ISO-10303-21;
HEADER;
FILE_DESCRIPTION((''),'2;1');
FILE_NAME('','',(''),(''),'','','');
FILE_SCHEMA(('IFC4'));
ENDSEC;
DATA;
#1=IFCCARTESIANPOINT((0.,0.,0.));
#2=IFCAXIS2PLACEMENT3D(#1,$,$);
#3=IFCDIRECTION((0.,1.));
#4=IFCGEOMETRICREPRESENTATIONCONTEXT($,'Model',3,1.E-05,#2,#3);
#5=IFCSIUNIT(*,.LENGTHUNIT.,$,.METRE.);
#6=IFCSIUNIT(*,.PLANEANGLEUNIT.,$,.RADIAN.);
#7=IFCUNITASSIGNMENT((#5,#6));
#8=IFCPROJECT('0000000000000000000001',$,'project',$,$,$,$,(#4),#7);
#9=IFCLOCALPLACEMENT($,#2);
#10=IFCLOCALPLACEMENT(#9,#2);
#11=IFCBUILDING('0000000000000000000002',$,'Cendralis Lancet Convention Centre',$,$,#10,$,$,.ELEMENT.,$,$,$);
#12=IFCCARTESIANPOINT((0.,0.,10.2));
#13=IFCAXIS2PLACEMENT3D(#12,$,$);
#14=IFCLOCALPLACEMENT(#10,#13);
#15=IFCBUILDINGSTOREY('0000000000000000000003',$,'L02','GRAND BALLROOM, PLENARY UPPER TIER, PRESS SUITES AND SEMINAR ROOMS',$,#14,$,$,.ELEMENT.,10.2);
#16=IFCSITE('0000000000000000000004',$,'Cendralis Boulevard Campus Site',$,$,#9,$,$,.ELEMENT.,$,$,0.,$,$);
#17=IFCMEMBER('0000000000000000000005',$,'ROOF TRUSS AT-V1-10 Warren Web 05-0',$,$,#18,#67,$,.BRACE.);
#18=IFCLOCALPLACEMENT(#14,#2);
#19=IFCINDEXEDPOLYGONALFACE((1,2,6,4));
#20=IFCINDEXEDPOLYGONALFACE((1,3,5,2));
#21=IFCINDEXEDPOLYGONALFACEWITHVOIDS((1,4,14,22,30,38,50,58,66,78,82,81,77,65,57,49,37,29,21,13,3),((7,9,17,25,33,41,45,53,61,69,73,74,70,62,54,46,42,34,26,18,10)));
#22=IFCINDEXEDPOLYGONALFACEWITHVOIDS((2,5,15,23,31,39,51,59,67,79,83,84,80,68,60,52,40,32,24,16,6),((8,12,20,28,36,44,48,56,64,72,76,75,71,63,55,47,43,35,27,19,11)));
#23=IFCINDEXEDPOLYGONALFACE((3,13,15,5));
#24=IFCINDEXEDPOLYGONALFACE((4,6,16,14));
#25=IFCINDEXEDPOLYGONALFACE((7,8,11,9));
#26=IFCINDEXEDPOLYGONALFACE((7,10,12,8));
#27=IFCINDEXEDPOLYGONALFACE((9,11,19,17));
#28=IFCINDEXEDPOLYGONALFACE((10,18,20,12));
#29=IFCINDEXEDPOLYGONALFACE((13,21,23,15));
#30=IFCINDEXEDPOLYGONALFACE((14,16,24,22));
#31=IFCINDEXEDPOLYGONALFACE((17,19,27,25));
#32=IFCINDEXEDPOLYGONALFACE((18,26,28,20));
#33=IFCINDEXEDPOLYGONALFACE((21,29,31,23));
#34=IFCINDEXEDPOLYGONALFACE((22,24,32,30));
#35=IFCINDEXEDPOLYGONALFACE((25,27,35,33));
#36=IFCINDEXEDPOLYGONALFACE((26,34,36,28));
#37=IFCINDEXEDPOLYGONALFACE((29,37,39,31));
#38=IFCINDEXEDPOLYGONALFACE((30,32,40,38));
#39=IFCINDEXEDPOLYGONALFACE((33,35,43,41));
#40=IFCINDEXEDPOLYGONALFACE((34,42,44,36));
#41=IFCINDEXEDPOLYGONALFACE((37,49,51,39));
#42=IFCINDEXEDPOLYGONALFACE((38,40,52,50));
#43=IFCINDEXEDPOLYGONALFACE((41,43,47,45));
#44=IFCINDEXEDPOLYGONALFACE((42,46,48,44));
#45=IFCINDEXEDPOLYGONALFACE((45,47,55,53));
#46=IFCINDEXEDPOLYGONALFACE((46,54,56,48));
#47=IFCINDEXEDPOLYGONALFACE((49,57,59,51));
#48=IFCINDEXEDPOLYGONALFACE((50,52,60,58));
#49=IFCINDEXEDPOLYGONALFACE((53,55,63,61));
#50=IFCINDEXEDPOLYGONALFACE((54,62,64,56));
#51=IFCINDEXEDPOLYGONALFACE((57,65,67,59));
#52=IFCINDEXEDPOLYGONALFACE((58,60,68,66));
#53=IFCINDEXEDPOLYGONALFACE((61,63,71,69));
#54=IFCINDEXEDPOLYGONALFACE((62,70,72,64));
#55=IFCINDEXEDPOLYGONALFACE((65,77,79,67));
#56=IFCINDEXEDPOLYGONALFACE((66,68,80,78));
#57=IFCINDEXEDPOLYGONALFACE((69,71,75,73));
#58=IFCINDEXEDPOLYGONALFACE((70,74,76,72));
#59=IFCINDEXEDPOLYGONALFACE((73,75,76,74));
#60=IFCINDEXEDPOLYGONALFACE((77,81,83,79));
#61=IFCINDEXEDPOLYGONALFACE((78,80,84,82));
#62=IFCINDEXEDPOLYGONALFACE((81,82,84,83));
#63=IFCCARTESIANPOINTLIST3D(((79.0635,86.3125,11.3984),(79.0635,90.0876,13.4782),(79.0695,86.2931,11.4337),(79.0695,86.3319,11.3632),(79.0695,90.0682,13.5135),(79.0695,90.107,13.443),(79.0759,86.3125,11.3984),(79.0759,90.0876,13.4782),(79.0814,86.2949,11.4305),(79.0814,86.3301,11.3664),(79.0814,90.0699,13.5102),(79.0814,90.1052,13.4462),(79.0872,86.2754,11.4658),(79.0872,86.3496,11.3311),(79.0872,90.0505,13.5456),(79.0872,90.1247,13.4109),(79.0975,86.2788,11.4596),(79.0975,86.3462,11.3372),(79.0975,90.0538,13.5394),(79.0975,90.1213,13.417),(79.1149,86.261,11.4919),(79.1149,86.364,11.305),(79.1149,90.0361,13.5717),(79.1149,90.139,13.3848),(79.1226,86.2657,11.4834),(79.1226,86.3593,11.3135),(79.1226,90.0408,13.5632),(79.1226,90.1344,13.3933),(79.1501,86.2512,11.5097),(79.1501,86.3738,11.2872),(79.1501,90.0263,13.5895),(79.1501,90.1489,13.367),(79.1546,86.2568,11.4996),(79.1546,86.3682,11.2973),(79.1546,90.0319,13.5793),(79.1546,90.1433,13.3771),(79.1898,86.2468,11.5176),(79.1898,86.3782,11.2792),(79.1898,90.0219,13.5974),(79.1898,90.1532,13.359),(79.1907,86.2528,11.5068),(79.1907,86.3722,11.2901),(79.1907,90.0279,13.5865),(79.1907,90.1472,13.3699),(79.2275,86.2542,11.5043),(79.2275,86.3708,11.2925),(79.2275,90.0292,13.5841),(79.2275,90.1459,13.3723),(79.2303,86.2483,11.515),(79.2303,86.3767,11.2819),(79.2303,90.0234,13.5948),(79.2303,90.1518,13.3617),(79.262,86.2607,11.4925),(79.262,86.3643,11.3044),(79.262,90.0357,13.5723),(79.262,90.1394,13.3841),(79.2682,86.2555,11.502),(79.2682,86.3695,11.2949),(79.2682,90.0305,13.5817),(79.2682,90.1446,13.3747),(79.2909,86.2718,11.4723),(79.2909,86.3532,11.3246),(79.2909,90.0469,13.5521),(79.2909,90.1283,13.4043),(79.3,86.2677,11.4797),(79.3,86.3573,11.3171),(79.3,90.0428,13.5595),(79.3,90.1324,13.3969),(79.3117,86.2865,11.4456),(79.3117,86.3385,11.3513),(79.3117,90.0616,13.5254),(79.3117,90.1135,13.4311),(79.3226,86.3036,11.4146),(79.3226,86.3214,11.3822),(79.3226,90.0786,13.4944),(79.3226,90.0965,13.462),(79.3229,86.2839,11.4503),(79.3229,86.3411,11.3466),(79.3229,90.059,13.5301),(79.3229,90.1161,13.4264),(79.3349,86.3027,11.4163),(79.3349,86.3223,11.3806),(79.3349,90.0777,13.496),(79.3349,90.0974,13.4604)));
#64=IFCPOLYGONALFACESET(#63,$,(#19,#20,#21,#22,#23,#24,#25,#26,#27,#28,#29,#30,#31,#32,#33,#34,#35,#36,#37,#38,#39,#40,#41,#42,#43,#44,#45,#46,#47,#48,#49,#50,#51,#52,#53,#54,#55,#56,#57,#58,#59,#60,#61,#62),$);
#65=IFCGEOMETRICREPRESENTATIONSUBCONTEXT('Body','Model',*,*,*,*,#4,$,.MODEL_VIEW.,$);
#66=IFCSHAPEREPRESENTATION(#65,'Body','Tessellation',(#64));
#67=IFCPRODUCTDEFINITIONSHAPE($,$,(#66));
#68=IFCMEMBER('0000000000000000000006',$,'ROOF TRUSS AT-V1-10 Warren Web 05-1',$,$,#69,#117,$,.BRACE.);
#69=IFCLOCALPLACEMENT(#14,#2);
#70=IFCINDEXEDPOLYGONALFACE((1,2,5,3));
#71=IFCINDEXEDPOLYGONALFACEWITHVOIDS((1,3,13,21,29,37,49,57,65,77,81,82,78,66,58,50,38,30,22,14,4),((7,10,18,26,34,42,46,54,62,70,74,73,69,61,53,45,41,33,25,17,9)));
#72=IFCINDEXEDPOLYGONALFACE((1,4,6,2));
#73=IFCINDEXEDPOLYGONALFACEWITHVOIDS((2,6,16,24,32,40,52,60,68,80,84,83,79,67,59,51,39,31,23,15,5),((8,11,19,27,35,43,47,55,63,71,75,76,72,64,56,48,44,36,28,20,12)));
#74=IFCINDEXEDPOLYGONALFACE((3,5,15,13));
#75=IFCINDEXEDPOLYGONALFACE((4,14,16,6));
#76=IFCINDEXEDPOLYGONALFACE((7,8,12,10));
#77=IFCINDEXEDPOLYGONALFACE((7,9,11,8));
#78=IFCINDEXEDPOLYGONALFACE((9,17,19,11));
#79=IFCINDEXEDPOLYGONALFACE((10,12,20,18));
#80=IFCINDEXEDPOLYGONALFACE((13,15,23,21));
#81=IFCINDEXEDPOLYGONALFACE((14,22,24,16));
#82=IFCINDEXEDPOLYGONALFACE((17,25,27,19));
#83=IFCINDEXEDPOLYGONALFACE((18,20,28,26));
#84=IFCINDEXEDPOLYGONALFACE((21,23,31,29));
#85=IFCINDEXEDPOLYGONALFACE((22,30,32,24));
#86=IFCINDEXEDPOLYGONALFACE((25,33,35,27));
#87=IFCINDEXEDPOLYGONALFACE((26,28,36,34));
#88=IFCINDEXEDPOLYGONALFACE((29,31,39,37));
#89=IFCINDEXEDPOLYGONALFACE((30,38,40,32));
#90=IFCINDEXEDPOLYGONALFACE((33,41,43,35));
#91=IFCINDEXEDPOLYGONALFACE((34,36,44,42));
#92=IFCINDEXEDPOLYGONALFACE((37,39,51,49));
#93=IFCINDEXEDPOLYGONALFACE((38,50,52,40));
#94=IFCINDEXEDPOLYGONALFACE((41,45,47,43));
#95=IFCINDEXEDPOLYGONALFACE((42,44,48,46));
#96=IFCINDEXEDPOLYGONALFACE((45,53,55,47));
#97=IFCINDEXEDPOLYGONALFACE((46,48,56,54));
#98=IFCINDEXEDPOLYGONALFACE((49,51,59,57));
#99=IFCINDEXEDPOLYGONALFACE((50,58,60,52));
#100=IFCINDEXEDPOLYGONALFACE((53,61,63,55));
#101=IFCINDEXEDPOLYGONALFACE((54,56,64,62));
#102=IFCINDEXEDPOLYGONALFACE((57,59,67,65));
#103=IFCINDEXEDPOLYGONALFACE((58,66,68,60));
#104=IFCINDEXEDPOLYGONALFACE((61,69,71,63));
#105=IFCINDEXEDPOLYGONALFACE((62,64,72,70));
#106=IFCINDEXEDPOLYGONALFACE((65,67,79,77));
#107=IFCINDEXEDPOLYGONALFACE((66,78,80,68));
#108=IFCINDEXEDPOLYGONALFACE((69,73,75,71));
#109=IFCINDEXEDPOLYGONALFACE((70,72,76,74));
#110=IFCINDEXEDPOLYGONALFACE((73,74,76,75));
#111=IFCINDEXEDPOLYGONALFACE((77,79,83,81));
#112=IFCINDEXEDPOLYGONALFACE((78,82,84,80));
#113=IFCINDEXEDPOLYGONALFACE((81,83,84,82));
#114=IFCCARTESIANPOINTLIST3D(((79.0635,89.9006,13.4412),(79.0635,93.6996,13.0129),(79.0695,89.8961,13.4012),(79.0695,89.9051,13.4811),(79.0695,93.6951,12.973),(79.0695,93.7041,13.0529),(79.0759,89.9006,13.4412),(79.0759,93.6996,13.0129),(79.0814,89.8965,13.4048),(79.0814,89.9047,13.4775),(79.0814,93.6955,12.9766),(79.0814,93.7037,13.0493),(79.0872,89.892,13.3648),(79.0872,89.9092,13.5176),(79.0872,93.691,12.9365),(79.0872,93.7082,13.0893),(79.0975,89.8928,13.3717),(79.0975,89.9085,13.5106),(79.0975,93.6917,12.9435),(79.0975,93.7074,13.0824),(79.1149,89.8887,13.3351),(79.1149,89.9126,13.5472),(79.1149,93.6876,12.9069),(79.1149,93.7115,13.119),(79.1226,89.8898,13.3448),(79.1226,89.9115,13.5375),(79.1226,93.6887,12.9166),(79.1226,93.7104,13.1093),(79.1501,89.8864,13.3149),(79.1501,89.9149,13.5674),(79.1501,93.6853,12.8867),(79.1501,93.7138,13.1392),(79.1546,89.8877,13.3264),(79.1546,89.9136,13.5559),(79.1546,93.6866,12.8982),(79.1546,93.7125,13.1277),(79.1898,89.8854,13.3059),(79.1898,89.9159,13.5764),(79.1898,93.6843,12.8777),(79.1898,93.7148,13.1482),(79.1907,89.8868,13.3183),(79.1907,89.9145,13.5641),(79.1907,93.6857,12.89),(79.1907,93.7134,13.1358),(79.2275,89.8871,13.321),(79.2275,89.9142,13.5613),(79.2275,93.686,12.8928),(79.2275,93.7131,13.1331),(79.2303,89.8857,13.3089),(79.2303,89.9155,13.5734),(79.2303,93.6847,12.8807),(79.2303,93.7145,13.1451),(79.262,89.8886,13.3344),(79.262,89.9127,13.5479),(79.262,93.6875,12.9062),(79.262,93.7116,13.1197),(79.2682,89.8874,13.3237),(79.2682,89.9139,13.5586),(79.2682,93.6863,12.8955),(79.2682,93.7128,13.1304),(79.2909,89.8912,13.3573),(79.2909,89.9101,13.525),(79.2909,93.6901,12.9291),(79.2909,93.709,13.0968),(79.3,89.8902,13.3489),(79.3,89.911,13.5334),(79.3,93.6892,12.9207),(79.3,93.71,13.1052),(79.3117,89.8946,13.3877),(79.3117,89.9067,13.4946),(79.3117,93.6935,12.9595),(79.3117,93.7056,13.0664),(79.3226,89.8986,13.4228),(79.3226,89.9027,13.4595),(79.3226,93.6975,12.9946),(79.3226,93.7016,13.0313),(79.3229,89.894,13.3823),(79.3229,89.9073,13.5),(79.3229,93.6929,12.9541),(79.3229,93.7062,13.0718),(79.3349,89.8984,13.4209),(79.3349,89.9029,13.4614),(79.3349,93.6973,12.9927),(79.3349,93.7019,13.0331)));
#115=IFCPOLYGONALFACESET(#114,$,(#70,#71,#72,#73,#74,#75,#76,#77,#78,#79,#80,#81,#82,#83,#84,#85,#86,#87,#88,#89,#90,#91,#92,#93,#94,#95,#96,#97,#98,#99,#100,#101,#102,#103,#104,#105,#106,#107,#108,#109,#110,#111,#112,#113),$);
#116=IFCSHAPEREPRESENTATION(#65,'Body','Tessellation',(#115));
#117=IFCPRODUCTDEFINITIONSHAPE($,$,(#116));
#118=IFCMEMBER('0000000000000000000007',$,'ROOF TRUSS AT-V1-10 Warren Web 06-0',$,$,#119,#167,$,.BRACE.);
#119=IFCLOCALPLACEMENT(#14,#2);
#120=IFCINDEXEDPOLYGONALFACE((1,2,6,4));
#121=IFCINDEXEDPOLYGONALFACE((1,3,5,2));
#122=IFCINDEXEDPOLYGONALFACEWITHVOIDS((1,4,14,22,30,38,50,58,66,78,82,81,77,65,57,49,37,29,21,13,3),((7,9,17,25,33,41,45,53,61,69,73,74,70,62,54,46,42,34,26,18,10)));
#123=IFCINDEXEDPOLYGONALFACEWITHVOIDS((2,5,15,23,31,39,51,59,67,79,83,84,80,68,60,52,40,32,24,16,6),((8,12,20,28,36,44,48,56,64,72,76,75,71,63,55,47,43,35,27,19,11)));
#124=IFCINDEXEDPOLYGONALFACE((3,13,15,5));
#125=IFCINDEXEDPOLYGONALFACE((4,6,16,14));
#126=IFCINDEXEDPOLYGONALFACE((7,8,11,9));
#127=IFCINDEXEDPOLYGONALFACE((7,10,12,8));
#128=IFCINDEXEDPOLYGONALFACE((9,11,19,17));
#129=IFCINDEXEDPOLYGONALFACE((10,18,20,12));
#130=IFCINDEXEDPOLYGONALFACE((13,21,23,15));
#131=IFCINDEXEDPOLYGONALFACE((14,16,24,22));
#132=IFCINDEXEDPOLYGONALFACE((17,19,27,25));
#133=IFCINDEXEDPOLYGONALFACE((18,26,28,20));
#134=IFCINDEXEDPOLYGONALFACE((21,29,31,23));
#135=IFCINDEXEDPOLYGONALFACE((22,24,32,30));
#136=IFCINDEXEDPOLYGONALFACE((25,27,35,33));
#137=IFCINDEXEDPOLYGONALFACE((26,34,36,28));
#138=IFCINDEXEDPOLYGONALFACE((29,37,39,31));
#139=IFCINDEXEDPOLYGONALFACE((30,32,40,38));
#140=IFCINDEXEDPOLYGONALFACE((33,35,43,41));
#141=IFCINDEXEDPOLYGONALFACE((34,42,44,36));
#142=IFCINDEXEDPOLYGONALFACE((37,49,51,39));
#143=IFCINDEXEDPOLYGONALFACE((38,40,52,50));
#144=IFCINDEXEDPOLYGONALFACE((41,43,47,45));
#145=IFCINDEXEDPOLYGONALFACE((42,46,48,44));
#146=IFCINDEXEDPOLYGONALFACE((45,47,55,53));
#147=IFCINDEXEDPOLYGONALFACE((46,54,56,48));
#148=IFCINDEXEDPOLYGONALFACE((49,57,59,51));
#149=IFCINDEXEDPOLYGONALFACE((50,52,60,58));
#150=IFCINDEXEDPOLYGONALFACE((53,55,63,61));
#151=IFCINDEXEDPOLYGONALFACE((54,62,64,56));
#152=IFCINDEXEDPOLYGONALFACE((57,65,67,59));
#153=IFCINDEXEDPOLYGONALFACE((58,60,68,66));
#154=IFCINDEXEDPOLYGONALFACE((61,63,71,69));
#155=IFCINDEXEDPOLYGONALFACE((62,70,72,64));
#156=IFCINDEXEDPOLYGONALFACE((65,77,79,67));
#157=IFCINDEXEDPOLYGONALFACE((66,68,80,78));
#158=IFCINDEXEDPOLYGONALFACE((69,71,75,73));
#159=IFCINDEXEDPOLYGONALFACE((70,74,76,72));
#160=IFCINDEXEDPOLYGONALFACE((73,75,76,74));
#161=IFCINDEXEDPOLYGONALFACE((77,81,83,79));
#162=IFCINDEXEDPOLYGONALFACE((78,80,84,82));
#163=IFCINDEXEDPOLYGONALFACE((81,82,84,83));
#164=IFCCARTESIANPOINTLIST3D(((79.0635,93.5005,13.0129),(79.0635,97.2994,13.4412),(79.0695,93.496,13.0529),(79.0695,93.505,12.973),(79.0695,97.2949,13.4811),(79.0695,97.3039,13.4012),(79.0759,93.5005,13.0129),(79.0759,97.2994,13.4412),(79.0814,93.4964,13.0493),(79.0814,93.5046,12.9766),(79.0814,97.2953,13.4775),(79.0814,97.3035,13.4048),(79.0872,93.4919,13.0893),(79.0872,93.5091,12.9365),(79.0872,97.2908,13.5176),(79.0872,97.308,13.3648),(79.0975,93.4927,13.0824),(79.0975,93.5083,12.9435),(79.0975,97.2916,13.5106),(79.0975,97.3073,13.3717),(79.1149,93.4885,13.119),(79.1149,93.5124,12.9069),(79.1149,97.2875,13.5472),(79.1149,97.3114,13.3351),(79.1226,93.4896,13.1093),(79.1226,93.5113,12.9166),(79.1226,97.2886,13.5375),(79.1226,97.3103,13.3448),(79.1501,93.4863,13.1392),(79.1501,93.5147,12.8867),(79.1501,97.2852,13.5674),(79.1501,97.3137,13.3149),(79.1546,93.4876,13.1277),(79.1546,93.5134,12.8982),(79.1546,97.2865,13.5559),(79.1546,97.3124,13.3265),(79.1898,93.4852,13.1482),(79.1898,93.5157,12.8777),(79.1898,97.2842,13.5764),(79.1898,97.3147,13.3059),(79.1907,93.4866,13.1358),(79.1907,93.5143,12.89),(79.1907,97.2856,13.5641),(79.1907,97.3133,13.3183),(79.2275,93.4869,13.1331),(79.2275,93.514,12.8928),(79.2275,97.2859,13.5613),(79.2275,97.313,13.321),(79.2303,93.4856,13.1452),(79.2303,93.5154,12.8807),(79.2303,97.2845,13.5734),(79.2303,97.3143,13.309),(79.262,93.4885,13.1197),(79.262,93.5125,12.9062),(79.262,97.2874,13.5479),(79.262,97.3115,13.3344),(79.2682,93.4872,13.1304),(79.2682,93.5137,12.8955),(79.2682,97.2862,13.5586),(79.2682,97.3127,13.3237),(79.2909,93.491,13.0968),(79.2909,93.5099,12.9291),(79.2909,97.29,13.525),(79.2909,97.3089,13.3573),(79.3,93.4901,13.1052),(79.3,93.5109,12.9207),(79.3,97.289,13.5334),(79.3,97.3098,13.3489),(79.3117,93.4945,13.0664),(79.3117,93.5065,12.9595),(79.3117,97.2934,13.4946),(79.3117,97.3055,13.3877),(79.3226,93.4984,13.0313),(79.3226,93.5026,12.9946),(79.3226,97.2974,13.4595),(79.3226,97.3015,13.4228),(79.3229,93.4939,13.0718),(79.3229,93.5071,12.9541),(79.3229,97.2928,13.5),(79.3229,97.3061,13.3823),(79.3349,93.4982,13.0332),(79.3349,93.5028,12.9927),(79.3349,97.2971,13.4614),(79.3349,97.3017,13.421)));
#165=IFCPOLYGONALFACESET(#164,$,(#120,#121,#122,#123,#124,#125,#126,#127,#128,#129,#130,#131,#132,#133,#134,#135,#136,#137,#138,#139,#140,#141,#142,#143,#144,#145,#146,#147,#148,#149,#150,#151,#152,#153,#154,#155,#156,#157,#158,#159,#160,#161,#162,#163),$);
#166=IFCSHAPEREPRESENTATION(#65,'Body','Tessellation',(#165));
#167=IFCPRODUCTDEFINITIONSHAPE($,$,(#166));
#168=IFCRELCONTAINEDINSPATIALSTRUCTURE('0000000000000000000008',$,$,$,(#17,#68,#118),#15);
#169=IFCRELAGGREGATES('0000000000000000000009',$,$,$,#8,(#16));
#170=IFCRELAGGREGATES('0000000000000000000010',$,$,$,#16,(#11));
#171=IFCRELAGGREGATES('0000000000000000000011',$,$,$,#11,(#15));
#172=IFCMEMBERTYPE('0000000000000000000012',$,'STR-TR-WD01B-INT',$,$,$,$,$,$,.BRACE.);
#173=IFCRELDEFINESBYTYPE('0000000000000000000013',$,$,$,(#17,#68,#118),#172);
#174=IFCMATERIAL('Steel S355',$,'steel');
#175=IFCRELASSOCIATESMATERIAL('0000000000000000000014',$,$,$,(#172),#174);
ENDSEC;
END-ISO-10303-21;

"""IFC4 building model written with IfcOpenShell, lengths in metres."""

from ifc_helpers import new_model, si_unit, direction, frame, origin, origin_2d, place, context, subcontext, project, spatial, hollow_circle, extrude, material, material_profile, profile_set, type_object, element, save


model = new_model("IFC4")

# Units and contexts
model_context = context("Model", 3, precision=1e-05, world=origin(), true_north=direction((0.0, 1.0)))
body_context = subcontext(model_context, "Body", "Model", "MODEL_VIEW")
ifc_project = project(units=[si_unit("LENGTHUNIT", "METRE"), si_unit("PLANEANGLEUNIT", "RADIAN")], contexts=[model_context])

# Site, building, storey
site_placement = place(None, origin())
site = spatial("IfcSite", under=ifc_project, at=site_placement, Name="Cendralis Boulevard Campus Site", CompositionType="ELEMENT", RefElevation=0.0)
building_placement = place(site_placement, origin())
building = spatial("IfcBuilding", under=site, at=building_placement, Name="Cendralis Lancet Convention Centre", CompositionType="ELEMENT")
storey_placement = place(building_placement, frame((0.0, 0.0, 10.2)))
storey = spatial("IfcBuildingStorey", under=building, at=storey_placement, Name="L02", Description="GRAND BALLROOM, PLENARY UPPER TIER, PRESS SUITES AND SEMINAR ROOMS", CompositionType="ELEMENT", Elevation=10.2)

# Members
ifc_material = material(Name="Steel S355", Category="steel")
ifc_material_profile_1 = material_profile(ifc_material, hollow_circle(Radius=0.1365, WallThickness=0.0125, at=origin_2d()), Name="CHS 273.0x12.5")
ifc_profile_set_1 = profile_set([ifc_material_profile_1], Name="Steel S355")
member_type_1 = type_object("IfcMemberType", Name="STR-TR-WD01B-INT", PredefinedType="BRACE", material=ifc_profile_set_1)
member_1_placement = place(storey_placement, frame((79.2, 86.3125, 11.3984), z_axis=(0.0, 0.875872, 0.482543), x_axis=(-1.0, 0.0, 0.0)))
element("IfcMember", 1, at=member_1_placement, inside=storey, type_object=member_type_1, Name="ROOF TRUSS AT-V1-10 Warren Web 05-0", PredefinedType="BRACE", context=body_context, shape_type="SweptSolid", body=[
    extrude(hollow_circle(Radius=0.1365, WallThickness=0.0125, at=origin_2d()), origin(), (0.0, 0.0, 1.0), 4.3101),
])
for number, where, z_axis, x_axis, name in (
    (2, (79.2, 89.9006, 13.4412), (0.0, 0.993706, -0.112015), (-1.0, 0.0, 0.0), "ROOF TRUSS AT-V1-10 Warren Web 05-1"),
    (3, (79.2, 93.5005, 13.0129), (0.0, 0.993706, 0.112015), (-1.0, 0.0, 0.0), "ROOF TRUSS AT-V1-10 Warren Web 06-0"),
):
    element("IfcMember", number, at=place(storey_placement, frame(where, z_axis=z_axis, x_axis=x_axis)), inside=storey, type_object=member_type_1, Name=name, PredefinedType="BRACE", context=body_context, shape_type="SweptSolid", body=[
        extrude(hollow_circle(Radius=0.1365, WallThickness=0.0125, at=origin_2d()), origin(), (0.0, 0.0, 1.0), 3.823),
    ])

save(model, "model.ifc")
